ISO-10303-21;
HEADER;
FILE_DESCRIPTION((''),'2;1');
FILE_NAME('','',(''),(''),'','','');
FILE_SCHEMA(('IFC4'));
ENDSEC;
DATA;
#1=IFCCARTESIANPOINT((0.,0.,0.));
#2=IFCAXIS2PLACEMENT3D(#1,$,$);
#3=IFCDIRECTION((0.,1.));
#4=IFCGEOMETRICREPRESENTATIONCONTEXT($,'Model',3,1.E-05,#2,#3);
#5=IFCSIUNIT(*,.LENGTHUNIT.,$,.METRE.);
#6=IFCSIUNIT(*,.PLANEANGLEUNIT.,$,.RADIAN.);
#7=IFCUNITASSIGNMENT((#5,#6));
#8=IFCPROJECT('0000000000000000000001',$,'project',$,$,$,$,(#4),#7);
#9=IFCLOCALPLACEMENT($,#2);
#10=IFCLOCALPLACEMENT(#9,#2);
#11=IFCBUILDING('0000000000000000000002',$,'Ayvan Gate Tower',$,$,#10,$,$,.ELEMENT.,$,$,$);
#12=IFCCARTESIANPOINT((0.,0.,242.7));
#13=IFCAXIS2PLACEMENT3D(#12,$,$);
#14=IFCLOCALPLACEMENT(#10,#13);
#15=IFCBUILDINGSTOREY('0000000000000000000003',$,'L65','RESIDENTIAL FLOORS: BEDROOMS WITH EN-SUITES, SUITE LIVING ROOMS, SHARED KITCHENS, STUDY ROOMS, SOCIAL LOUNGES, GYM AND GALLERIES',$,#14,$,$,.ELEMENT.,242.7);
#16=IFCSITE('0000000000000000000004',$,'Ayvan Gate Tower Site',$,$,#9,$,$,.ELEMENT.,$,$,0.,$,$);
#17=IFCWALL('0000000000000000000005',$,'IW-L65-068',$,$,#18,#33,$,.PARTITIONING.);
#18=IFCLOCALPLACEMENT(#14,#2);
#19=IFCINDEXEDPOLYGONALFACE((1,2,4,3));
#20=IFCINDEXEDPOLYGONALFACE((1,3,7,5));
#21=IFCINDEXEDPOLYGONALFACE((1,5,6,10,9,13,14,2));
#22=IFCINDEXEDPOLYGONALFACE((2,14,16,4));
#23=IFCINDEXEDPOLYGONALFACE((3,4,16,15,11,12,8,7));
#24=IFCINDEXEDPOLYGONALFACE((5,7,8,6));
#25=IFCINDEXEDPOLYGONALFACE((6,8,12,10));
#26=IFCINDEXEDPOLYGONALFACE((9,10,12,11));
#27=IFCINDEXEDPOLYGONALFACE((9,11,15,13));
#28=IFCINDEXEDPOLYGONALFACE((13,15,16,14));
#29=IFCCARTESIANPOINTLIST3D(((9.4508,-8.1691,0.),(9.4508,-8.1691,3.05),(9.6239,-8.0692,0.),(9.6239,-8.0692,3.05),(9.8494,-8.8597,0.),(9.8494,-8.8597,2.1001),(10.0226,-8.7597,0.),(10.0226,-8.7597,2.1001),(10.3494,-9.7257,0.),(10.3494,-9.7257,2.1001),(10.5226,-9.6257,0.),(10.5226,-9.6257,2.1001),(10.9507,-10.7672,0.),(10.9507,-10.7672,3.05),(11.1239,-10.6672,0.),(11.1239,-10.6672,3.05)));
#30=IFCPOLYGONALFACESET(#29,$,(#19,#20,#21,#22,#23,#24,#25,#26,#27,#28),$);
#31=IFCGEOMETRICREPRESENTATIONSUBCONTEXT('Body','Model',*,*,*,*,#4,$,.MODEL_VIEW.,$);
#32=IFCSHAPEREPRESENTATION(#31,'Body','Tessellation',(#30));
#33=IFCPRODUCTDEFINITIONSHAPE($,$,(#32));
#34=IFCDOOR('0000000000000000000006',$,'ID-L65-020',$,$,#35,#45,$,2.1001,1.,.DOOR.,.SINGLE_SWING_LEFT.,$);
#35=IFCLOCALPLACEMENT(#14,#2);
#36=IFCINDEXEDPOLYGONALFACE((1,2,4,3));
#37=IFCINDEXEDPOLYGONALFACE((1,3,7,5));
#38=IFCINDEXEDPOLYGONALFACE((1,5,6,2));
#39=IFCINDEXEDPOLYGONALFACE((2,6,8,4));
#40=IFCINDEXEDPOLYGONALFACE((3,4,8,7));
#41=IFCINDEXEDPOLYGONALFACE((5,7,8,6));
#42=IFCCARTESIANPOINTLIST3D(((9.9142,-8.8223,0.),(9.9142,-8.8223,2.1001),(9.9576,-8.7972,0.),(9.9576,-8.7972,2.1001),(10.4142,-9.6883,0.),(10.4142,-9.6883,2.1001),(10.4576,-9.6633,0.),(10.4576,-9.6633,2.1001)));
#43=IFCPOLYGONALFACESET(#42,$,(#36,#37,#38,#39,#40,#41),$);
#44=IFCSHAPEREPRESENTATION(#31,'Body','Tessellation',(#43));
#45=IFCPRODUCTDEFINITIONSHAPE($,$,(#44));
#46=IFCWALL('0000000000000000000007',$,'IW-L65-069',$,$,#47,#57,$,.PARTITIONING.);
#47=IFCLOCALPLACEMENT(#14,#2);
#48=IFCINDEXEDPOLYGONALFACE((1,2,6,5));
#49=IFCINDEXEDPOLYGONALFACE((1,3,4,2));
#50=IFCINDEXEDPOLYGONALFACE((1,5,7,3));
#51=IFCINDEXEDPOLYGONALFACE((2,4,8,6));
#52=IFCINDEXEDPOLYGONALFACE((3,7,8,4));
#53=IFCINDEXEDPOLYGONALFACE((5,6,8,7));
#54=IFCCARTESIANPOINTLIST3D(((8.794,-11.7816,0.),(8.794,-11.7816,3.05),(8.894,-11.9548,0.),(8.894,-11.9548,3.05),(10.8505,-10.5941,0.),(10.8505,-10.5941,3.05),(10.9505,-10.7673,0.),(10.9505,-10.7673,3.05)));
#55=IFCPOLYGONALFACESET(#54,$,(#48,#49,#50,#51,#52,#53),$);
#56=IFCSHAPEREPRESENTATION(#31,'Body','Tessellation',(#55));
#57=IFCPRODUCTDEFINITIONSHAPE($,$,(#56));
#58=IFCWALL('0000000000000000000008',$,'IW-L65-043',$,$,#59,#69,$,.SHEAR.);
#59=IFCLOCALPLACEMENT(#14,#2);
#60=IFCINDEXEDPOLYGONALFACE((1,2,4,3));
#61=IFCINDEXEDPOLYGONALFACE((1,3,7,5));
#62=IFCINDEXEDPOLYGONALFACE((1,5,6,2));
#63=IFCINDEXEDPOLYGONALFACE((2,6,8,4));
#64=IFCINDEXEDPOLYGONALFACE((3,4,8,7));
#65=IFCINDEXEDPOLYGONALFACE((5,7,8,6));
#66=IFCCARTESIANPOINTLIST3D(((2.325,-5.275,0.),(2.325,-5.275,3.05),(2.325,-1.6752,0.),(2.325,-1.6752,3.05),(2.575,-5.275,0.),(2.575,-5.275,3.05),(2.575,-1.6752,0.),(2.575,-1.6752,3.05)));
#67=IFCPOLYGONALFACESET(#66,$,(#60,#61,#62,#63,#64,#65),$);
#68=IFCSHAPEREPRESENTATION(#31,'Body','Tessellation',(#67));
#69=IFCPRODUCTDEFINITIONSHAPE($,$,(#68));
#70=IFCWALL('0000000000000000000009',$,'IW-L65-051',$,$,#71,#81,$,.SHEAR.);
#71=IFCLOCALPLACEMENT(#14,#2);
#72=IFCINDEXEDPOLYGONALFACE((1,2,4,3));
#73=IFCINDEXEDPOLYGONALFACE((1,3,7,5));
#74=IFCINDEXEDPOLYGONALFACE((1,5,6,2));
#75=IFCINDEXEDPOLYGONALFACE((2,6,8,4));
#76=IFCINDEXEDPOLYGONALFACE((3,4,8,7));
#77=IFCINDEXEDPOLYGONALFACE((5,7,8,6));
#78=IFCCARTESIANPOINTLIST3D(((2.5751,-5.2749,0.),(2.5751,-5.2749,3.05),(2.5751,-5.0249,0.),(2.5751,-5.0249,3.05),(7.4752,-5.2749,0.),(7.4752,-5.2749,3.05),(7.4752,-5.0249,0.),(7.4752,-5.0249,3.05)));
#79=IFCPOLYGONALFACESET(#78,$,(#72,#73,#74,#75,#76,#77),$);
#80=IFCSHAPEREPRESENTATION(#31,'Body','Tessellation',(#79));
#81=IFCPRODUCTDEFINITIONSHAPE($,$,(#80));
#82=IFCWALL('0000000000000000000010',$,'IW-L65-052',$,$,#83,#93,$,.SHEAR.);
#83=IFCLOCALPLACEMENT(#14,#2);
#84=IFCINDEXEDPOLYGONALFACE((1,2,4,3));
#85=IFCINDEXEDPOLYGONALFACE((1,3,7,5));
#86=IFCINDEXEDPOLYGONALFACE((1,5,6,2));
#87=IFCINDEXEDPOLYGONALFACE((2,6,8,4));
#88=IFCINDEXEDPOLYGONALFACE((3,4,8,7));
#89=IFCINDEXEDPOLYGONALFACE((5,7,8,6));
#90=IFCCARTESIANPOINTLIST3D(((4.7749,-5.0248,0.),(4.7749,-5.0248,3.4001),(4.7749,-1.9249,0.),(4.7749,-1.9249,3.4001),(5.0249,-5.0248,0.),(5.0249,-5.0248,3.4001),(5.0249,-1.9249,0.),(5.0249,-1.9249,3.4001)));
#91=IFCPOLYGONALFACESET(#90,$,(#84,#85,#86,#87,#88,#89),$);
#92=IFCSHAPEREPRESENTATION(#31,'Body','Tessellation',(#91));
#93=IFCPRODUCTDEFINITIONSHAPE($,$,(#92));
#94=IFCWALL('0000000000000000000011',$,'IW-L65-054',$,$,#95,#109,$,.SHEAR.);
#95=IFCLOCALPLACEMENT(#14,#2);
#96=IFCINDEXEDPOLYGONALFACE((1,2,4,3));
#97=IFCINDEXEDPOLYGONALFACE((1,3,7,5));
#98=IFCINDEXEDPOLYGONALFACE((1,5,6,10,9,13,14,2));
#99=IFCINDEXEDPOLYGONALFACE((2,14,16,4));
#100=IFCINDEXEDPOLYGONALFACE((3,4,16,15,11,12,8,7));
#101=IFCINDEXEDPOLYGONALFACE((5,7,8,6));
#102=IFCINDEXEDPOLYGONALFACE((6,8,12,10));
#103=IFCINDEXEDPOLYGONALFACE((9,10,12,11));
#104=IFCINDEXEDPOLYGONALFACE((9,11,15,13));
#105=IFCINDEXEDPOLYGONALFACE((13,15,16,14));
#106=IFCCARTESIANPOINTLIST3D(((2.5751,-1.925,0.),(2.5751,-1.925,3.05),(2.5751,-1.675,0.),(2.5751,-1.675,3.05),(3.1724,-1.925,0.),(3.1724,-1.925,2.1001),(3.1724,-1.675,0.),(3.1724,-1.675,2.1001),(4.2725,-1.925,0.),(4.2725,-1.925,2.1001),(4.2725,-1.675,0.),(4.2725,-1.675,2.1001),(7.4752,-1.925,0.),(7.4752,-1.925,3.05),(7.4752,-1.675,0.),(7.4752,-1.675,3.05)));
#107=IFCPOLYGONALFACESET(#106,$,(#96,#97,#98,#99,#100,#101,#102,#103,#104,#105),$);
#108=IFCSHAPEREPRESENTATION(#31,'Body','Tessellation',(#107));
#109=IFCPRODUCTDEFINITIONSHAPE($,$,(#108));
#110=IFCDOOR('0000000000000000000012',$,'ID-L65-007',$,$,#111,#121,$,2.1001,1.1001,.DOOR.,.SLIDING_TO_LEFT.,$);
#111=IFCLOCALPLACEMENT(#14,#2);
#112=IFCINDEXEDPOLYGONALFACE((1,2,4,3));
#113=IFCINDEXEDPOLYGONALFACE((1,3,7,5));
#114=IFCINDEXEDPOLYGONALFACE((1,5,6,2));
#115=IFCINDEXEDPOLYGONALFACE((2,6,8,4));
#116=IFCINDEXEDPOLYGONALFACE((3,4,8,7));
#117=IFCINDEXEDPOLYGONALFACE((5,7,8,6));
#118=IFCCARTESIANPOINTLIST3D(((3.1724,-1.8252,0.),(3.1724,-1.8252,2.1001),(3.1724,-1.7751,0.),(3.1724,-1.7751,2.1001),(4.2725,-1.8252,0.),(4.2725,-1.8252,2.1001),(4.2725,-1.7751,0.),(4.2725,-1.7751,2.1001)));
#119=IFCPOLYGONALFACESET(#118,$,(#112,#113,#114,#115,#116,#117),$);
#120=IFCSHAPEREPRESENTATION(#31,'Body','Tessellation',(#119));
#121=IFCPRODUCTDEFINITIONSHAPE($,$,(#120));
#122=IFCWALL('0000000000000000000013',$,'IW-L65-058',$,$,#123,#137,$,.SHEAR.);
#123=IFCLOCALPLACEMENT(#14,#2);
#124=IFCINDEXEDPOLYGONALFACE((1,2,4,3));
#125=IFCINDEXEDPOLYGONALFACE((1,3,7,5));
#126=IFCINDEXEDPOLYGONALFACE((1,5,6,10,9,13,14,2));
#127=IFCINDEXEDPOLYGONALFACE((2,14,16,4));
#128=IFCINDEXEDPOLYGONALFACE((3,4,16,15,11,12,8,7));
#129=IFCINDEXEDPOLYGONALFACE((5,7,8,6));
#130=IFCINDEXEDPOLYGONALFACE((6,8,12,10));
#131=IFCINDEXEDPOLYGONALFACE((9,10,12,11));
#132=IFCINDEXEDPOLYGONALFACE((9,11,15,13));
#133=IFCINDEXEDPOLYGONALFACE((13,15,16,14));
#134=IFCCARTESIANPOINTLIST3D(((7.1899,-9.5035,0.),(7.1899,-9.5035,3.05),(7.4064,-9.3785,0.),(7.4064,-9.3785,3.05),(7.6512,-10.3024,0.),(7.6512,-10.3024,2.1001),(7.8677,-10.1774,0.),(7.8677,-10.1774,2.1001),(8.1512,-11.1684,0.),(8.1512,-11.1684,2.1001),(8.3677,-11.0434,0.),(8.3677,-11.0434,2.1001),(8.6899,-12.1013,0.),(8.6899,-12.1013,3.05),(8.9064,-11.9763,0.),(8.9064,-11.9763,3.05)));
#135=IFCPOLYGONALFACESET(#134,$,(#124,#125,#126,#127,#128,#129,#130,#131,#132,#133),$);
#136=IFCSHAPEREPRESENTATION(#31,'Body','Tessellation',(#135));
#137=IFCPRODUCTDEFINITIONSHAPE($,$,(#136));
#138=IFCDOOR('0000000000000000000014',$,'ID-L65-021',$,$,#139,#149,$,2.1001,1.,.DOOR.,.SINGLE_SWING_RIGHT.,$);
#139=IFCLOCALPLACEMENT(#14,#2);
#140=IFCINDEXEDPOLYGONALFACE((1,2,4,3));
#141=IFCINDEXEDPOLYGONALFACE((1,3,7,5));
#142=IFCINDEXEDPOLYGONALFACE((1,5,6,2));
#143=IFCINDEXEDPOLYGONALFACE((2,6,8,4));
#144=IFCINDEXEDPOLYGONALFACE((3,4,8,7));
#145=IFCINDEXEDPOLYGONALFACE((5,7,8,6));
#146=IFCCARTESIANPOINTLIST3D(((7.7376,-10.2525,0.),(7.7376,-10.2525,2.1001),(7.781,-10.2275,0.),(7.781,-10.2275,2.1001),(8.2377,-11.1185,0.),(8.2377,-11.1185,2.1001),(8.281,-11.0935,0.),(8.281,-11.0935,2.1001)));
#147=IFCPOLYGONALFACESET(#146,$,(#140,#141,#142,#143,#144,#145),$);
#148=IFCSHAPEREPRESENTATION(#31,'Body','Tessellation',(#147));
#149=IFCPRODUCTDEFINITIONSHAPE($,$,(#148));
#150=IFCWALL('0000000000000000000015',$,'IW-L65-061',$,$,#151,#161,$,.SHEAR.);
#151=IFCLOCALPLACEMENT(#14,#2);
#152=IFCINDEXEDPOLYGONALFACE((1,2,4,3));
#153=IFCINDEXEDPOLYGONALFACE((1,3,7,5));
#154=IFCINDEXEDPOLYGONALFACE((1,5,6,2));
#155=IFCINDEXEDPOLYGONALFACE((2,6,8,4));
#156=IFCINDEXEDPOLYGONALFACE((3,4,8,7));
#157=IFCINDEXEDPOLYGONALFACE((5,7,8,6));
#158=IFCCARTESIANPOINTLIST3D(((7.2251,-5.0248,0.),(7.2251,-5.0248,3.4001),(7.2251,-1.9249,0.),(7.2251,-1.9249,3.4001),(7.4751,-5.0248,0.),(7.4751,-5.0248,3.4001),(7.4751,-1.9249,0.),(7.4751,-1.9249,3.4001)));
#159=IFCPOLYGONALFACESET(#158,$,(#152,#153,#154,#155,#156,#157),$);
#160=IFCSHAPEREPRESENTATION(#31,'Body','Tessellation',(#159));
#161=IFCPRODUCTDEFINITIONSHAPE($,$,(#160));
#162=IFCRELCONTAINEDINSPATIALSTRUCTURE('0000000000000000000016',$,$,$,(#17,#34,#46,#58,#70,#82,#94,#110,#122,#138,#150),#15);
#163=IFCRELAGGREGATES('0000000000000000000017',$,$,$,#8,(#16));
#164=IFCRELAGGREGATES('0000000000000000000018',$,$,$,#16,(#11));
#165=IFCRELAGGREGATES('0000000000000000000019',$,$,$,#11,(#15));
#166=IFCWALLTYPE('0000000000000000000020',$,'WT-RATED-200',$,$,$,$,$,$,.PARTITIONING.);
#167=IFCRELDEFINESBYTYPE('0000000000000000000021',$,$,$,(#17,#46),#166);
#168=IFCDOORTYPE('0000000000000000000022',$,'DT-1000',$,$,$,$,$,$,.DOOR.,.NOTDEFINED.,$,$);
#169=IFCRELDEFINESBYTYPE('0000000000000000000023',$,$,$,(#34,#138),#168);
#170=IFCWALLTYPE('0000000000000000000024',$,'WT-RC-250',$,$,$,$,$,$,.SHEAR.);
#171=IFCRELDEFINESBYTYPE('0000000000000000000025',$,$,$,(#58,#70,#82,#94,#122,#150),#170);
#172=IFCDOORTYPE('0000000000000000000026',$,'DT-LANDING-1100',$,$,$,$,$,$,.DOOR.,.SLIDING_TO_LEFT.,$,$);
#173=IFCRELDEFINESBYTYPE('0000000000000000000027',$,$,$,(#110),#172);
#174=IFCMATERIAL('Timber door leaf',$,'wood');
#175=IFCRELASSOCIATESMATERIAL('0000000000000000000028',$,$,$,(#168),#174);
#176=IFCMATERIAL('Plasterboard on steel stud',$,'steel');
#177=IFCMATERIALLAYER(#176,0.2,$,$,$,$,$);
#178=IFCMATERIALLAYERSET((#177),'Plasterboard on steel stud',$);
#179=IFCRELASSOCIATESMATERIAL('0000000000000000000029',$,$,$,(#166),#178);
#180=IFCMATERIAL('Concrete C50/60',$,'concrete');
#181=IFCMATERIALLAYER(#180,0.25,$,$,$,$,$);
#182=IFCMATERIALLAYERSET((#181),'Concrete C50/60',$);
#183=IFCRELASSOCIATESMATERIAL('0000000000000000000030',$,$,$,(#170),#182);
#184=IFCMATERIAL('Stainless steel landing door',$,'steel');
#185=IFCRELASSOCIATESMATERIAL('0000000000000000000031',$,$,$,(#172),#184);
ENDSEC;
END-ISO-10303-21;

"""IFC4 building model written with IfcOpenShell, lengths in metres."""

from ifc_helpers import new_model, si_unit, direction, frame, frame_2d, origin, place, context, subcontext, project, spatial, rectangle, extrude, material, layer, layer_set, type_object, element, fill, save


model = new_model("IFC4")

# Units and contexts
model_context = context("Model", 3, precision=1e-05, world=origin(), true_north=direction((0.0, 1.0)))
body_context = subcontext(model_context, "Body", "Model", "MODEL_VIEW")
ifc_project = project(units=[si_unit("LENGTHUNIT", "METRE"), si_unit("PLANEANGLEUNIT", "RADIAN")], contexts=[model_context])

# Site, building, storey
site_placement = place(None, origin())
site = spatial("IfcSite", under=ifc_project, at=site_placement, Name="Ayvan Gate Tower Site", CompositionType="ELEMENT", RefElevation=0.0)
building_placement = place(site_placement, origin())
building = spatial("IfcBuilding", under=site, at=building_placement, Name="Ayvan Gate Tower", CompositionType="ELEMENT")
storey_placement = place(building_placement, frame((0.0, 0.0, 242.7)))
storey = spatial("IfcBuildingStorey", under=building, at=storey_placement, Name="L65", Description="RESIDENTIAL FLOORS: BEDROOMS WITH EN-SUITES, SUITE LIVING ROOMS, SHARED KITCHENS, STUDY ROOMS, SOCIAL LOUNGES, GYM AND GALLERIES", CompositionType="ELEMENT", Elevation=242.7)

# Shared definitions
ifc_material_1 = material(Name="Concrete C50/60", Category="concrete")

# Shared definitions
ifc_material_2 = material(Name="Timber door leaf", Category="wood")

# Shared definitions
ifc_material_3 = material(Name="Plasterboard on steel stud", Category="steel")

# Shared definitions
door_type_1 = type_object("IfcDoorType", Name="DT-1000", OperationType="NOTDEFINED", PredefinedType="DOOR", material=ifc_material_2)

# Shared definitions
ifc_layer_1 = layer(ifc_material_3, 0.2)
ifc_layer_set_1 = layer_set([ifc_layer_1], Name="Plasterboard on steel stud")
wall_type_1 = type_object("IfcWallType", Name="WT-RATED-200", PredefinedType="PARTITIONING", material=ifc_layer_set_1)

# Wall, opening, door
wall_1_placement = place(storey_placement, frame((9.5374, -8.1191, 0.0), z_axis=(0.0, 0.0, 1.0), x_axis=(0.49999, -0.866031, 0.0)))
wall_1 = element("IfcWall", 1, at=wall_1_placement, inside=storey, type_object=wall_type_1, Name="IW-L65-068", PredefinedType="PARTITIONING", context=body_context, shape_type="SweptSolid", body=[
    extrude(rectangle(XDim=3.0, YDim=0.2, at=frame_2d((1.5, 0.0))), origin(), (0.0, 0.0, 1.0), 3.05),
])
opening_1_placement = place(wall_1_placement, frame((0.7974, 0.0, 0.0)))
opening_1 = element("IfcOpeningElement", 2, at=opening_1_placement, cuts=wall_1, PredefinedType="OPENING", context=body_context, shape_type="SweptSolid", body=[
    extrude(rectangle(XDim=1.0, YDim=2.1001, at=frame_2d((0.5, 1.05))), frame((0.0, 0.1099, 0.0), z_axis=(0.0, -1.0, 0.0), x_axis=(1.0, 0.0, 0.0)), (0.0, 0.0, 1.0), 0.22),
])
door_1_placement = place(opening_1_placement, origin())
door_1 = element("IfcDoor", 3, at=door_1_placement, inside=storey, type_object=door_type_1, Name="ID-L65-020", OperationType="SINGLE_SWING_LEFT", OverallHeight=2.1001, OverallWidth=1.0, PredefinedType="DOOR", context=body_context, shape_type="SweptSolid", body=[
    extrude(rectangle(XDim=1.0, YDim=2.1001, at=frame_2d((0.5, 1.05))), frame((0.0, 0.0249, 0.0), z_axis=(0.0, -1.0, 0.0), x_axis=(1.0, 0.0, 0.0)), (0.0, 0.0, 1.0), 0.05),
])
fill(opening_1, door_1)

# Walls
wall_2_placement = place(storey_placement, frame((10.9006, -10.6807, 0.0), z_axis=(0.0, 0.0, 1.0), x_axis=(-0.866008, -0.500031, 0.0)))
element("IfcWall", 4, at=wall_2_placement, inside=storey, type_object=wall_type_1, Name="IW-L65-069", PredefinedType="PARTITIONING", context=body_context, shape_type="SweptSolid", body=[
    extrude(rectangle(XDim=2.3748, YDim=0.2, at=frame_2d((1.1875, 0.0))), origin(), (0.0, 0.0, 1.0), 3.05),
])
ifc_layer_2 = layer(ifc_material_1, 0.25)
ifc_layer_set_2 = layer_set([ifc_layer_2], Name="Concrete C50/60")
wall_type_2 = type_object("IfcWallType", Name="WT-RC-250", PredefinedType="SHEAR", material=ifc_layer_set_2)
wall_3_placement = place(storey_placement, frame((2.45, -5.2749, 0.0), z_axis=(0.0, 0.0, 1.0), x_axis=(0.0, 1.0, 0.0)))
element("IfcWall", 5, at=wall_3_placement, inside=storey, type_object=wall_type_2, Name="IW-L65-043", PredefinedType="SHEAR", context=body_context, shape_type="SweptSolid", body=[
    extrude(rectangle(XDim=3.5999, YDim=0.25, at=frame_2d((1.7998, 0.0))), origin(), (0.0, 0.0, 1.0), 3.05),
])
wall_4_placement = place(storey_placement, frame((2.575, -5.1499, 0.0), z_axis=(0.0, 0.0, 1.0), x_axis=(1.0, 0.0, 0.0)))
element("IfcWall", 6, at=wall_4_placement, inside=storey, type_object=wall_type_2, Name="IW-L65-051", PredefinedType="SHEAR", context=body_context, shape_type="SweptSolid", body=[
    extrude(rectangle(XDim=4.9001, YDim=0.25, at=frame_2d((2.4502, 0.0))), origin(), (0.0, 0.0, 1.0), 3.05),
])
wall_5_placement = place(storey_placement, frame((4.8999, -1.925, 0.0), z_axis=(0.0, 0.0, 1.0), x_axis=(0.0, -1.0, 0.0)))
element("IfcWall", 7, at=wall_5_placement, inside=storey, type_object=wall_type_2, Name="IW-L65-052", PredefinedType="SHEAR", context=body_context, shape_type="SweptSolid", body=[
    extrude(rectangle(XDim=3.0999, YDim=0.25, at=frame_2d((1.5498, 0.0))), origin(), (0.0, 0.0, 1.0), 3.4001),
])

# Walls, openings, doors
wall_6_placement = place(storey_placement, frame((2.575, -1.8, 0.0), z_axis=(0.0, 0.0, 1.0), x_axis=(1.0, 0.0, 0.0)))
wall_6 = element("IfcWall", 8, at=wall_6_placement, inside=storey, type_object=wall_type_2, Name="IW-L65-054", PredefinedType="SHEAR", context=body_context, shape_type="SweptSolid", body=[
    extrude(rectangle(XDim=4.9001, YDim=0.25, at=frame_2d((2.4502, 0.0))), origin(), (0.0, 0.0, 1.0), 3.05),
])
opening_2_placement = place(wall_6_placement, frame((0.5974, 0.0, 0.0)))
opening_2 = element("IfcOpeningElement", 9, at=opening_2_placement, cuts=wall_6, PredefinedType="OPENING", context=body_context, shape_type="SweptSolid", body=[
    extrude(rectangle(XDim=1.1001, YDim=2.1001, at=frame_2d((0.55, 1.05))), frame((0.0, 0.135, 0.0), z_axis=(0.0, -1.0, 0.0), x_axis=(1.0, 0.0, 0.0)), (0.0, 0.0, 1.0), 0.27),
])
ifc_material_4 = material(Name="Stainless steel landing door", Category="steel")
door_type_2 = type_object("IfcDoorType", Name="DT-LANDING-1100", OperationType="SLIDING_TO_LEFT", PredefinedType="DOOR", material=ifc_material_4)
door_2_placement = place(opening_2_placement, origin())
door_2 = element("IfcDoor", 10, at=door_2_placement, inside=storey, type_object=door_type_2, Name="ID-L65-007", OperationType="SLIDING_TO_LEFT", OverallHeight=2.1001, OverallWidth=1.1001, PredefinedType="DOOR", context=body_context, shape_type="SweptSolid", body=[
    extrude(rectangle(XDim=1.1001, YDim=2.1001, at=frame_2d((0.55, 1.05))), frame((0.0, 0.0249, 0.0), z_axis=(0.0, -1.0, 0.0), x_axis=(1.0, 0.0, 0.0)), (0.0, 0.0, 1.0), 0.05),
])
fill(opening_2, door_2)
wall_7_placement = place(storey_placement, frame((7.2981, -9.4409, 0.0), z_axis=(0.0, 0.0, 1.0), x_axis=(0.500025, -0.866011, 0.0)))
wall_7 = element("IfcWall", 11, at=wall_7_placement, inside=storey, type_object=wall_type_2, Name="IW-L65-058", PredefinedType="SHEAR", context=body_context, shape_type="SweptSolid", body=[
    extrude(rectangle(XDim=2.9998, YDim=0.25, at=frame_2d((1.5, 0.0))), origin(), (0.0, 0.0, 1.0), 3.05),
])
opening_3_placement = place(wall_7_placement, frame((0.9226, 0.0, 0.0)))
opening_3 = element("IfcOpeningElement", 12, at=opening_3_placement, cuts=wall_7, PredefinedType="OPENING", context=body_context, shape_type="SweptSolid", body=[
    extrude(rectangle(XDim=1.0, YDim=2.1001, at=frame_2d((0.5, 1.05))), frame((0.0, 0.135, 0.0), z_axis=(0.0, -1.0, 0.0), x_axis=(1.0, 0.0, 0.0)), (0.0, 0.0, 1.0), 0.27),
])
door_3_placement = place(opening_3_placement, origin())
door_3 = element("IfcDoor", 13, at=door_3_placement, inside=storey, type_object=door_type_1, Name="ID-L65-021", OperationType="SINGLE_SWING_RIGHT", OverallHeight=2.1001, OverallWidth=1.0, PredefinedType="DOOR", context=body_context, shape_type="SweptSolid", body=[
    extrude(rectangle(XDim=1.0, YDim=2.1001, at=frame_2d((0.5, 1.05))), frame((0.0, 0.0249, 0.0), z_axis=(0.0, -1.0, 0.0), x_axis=(1.0, 0.0, 0.0)), (0.0, 0.0, 1.0), 0.05),
])
fill(opening_3, door_3)

# Wall
wall_8_placement = place(storey_placement, frame((7.3501, -1.925, 0.0), z_axis=(0.0, 0.0, 1.0), x_axis=(0.0, -1.0, 0.0)))
element("IfcWall", 14, at=wall_8_placement, inside=storey, type_object=wall_type_2, Name="IW-L65-061", PredefinedType="SHEAR", context=body_context, shape_type="SweptSolid", body=[
    extrude(rectangle(XDim=3.0999, YDim=0.25, at=frame_2d((1.5498, 0.0))), origin(), (0.0, 0.0, 1.0), 3.4001),
])

save(model, "model.ifc")
